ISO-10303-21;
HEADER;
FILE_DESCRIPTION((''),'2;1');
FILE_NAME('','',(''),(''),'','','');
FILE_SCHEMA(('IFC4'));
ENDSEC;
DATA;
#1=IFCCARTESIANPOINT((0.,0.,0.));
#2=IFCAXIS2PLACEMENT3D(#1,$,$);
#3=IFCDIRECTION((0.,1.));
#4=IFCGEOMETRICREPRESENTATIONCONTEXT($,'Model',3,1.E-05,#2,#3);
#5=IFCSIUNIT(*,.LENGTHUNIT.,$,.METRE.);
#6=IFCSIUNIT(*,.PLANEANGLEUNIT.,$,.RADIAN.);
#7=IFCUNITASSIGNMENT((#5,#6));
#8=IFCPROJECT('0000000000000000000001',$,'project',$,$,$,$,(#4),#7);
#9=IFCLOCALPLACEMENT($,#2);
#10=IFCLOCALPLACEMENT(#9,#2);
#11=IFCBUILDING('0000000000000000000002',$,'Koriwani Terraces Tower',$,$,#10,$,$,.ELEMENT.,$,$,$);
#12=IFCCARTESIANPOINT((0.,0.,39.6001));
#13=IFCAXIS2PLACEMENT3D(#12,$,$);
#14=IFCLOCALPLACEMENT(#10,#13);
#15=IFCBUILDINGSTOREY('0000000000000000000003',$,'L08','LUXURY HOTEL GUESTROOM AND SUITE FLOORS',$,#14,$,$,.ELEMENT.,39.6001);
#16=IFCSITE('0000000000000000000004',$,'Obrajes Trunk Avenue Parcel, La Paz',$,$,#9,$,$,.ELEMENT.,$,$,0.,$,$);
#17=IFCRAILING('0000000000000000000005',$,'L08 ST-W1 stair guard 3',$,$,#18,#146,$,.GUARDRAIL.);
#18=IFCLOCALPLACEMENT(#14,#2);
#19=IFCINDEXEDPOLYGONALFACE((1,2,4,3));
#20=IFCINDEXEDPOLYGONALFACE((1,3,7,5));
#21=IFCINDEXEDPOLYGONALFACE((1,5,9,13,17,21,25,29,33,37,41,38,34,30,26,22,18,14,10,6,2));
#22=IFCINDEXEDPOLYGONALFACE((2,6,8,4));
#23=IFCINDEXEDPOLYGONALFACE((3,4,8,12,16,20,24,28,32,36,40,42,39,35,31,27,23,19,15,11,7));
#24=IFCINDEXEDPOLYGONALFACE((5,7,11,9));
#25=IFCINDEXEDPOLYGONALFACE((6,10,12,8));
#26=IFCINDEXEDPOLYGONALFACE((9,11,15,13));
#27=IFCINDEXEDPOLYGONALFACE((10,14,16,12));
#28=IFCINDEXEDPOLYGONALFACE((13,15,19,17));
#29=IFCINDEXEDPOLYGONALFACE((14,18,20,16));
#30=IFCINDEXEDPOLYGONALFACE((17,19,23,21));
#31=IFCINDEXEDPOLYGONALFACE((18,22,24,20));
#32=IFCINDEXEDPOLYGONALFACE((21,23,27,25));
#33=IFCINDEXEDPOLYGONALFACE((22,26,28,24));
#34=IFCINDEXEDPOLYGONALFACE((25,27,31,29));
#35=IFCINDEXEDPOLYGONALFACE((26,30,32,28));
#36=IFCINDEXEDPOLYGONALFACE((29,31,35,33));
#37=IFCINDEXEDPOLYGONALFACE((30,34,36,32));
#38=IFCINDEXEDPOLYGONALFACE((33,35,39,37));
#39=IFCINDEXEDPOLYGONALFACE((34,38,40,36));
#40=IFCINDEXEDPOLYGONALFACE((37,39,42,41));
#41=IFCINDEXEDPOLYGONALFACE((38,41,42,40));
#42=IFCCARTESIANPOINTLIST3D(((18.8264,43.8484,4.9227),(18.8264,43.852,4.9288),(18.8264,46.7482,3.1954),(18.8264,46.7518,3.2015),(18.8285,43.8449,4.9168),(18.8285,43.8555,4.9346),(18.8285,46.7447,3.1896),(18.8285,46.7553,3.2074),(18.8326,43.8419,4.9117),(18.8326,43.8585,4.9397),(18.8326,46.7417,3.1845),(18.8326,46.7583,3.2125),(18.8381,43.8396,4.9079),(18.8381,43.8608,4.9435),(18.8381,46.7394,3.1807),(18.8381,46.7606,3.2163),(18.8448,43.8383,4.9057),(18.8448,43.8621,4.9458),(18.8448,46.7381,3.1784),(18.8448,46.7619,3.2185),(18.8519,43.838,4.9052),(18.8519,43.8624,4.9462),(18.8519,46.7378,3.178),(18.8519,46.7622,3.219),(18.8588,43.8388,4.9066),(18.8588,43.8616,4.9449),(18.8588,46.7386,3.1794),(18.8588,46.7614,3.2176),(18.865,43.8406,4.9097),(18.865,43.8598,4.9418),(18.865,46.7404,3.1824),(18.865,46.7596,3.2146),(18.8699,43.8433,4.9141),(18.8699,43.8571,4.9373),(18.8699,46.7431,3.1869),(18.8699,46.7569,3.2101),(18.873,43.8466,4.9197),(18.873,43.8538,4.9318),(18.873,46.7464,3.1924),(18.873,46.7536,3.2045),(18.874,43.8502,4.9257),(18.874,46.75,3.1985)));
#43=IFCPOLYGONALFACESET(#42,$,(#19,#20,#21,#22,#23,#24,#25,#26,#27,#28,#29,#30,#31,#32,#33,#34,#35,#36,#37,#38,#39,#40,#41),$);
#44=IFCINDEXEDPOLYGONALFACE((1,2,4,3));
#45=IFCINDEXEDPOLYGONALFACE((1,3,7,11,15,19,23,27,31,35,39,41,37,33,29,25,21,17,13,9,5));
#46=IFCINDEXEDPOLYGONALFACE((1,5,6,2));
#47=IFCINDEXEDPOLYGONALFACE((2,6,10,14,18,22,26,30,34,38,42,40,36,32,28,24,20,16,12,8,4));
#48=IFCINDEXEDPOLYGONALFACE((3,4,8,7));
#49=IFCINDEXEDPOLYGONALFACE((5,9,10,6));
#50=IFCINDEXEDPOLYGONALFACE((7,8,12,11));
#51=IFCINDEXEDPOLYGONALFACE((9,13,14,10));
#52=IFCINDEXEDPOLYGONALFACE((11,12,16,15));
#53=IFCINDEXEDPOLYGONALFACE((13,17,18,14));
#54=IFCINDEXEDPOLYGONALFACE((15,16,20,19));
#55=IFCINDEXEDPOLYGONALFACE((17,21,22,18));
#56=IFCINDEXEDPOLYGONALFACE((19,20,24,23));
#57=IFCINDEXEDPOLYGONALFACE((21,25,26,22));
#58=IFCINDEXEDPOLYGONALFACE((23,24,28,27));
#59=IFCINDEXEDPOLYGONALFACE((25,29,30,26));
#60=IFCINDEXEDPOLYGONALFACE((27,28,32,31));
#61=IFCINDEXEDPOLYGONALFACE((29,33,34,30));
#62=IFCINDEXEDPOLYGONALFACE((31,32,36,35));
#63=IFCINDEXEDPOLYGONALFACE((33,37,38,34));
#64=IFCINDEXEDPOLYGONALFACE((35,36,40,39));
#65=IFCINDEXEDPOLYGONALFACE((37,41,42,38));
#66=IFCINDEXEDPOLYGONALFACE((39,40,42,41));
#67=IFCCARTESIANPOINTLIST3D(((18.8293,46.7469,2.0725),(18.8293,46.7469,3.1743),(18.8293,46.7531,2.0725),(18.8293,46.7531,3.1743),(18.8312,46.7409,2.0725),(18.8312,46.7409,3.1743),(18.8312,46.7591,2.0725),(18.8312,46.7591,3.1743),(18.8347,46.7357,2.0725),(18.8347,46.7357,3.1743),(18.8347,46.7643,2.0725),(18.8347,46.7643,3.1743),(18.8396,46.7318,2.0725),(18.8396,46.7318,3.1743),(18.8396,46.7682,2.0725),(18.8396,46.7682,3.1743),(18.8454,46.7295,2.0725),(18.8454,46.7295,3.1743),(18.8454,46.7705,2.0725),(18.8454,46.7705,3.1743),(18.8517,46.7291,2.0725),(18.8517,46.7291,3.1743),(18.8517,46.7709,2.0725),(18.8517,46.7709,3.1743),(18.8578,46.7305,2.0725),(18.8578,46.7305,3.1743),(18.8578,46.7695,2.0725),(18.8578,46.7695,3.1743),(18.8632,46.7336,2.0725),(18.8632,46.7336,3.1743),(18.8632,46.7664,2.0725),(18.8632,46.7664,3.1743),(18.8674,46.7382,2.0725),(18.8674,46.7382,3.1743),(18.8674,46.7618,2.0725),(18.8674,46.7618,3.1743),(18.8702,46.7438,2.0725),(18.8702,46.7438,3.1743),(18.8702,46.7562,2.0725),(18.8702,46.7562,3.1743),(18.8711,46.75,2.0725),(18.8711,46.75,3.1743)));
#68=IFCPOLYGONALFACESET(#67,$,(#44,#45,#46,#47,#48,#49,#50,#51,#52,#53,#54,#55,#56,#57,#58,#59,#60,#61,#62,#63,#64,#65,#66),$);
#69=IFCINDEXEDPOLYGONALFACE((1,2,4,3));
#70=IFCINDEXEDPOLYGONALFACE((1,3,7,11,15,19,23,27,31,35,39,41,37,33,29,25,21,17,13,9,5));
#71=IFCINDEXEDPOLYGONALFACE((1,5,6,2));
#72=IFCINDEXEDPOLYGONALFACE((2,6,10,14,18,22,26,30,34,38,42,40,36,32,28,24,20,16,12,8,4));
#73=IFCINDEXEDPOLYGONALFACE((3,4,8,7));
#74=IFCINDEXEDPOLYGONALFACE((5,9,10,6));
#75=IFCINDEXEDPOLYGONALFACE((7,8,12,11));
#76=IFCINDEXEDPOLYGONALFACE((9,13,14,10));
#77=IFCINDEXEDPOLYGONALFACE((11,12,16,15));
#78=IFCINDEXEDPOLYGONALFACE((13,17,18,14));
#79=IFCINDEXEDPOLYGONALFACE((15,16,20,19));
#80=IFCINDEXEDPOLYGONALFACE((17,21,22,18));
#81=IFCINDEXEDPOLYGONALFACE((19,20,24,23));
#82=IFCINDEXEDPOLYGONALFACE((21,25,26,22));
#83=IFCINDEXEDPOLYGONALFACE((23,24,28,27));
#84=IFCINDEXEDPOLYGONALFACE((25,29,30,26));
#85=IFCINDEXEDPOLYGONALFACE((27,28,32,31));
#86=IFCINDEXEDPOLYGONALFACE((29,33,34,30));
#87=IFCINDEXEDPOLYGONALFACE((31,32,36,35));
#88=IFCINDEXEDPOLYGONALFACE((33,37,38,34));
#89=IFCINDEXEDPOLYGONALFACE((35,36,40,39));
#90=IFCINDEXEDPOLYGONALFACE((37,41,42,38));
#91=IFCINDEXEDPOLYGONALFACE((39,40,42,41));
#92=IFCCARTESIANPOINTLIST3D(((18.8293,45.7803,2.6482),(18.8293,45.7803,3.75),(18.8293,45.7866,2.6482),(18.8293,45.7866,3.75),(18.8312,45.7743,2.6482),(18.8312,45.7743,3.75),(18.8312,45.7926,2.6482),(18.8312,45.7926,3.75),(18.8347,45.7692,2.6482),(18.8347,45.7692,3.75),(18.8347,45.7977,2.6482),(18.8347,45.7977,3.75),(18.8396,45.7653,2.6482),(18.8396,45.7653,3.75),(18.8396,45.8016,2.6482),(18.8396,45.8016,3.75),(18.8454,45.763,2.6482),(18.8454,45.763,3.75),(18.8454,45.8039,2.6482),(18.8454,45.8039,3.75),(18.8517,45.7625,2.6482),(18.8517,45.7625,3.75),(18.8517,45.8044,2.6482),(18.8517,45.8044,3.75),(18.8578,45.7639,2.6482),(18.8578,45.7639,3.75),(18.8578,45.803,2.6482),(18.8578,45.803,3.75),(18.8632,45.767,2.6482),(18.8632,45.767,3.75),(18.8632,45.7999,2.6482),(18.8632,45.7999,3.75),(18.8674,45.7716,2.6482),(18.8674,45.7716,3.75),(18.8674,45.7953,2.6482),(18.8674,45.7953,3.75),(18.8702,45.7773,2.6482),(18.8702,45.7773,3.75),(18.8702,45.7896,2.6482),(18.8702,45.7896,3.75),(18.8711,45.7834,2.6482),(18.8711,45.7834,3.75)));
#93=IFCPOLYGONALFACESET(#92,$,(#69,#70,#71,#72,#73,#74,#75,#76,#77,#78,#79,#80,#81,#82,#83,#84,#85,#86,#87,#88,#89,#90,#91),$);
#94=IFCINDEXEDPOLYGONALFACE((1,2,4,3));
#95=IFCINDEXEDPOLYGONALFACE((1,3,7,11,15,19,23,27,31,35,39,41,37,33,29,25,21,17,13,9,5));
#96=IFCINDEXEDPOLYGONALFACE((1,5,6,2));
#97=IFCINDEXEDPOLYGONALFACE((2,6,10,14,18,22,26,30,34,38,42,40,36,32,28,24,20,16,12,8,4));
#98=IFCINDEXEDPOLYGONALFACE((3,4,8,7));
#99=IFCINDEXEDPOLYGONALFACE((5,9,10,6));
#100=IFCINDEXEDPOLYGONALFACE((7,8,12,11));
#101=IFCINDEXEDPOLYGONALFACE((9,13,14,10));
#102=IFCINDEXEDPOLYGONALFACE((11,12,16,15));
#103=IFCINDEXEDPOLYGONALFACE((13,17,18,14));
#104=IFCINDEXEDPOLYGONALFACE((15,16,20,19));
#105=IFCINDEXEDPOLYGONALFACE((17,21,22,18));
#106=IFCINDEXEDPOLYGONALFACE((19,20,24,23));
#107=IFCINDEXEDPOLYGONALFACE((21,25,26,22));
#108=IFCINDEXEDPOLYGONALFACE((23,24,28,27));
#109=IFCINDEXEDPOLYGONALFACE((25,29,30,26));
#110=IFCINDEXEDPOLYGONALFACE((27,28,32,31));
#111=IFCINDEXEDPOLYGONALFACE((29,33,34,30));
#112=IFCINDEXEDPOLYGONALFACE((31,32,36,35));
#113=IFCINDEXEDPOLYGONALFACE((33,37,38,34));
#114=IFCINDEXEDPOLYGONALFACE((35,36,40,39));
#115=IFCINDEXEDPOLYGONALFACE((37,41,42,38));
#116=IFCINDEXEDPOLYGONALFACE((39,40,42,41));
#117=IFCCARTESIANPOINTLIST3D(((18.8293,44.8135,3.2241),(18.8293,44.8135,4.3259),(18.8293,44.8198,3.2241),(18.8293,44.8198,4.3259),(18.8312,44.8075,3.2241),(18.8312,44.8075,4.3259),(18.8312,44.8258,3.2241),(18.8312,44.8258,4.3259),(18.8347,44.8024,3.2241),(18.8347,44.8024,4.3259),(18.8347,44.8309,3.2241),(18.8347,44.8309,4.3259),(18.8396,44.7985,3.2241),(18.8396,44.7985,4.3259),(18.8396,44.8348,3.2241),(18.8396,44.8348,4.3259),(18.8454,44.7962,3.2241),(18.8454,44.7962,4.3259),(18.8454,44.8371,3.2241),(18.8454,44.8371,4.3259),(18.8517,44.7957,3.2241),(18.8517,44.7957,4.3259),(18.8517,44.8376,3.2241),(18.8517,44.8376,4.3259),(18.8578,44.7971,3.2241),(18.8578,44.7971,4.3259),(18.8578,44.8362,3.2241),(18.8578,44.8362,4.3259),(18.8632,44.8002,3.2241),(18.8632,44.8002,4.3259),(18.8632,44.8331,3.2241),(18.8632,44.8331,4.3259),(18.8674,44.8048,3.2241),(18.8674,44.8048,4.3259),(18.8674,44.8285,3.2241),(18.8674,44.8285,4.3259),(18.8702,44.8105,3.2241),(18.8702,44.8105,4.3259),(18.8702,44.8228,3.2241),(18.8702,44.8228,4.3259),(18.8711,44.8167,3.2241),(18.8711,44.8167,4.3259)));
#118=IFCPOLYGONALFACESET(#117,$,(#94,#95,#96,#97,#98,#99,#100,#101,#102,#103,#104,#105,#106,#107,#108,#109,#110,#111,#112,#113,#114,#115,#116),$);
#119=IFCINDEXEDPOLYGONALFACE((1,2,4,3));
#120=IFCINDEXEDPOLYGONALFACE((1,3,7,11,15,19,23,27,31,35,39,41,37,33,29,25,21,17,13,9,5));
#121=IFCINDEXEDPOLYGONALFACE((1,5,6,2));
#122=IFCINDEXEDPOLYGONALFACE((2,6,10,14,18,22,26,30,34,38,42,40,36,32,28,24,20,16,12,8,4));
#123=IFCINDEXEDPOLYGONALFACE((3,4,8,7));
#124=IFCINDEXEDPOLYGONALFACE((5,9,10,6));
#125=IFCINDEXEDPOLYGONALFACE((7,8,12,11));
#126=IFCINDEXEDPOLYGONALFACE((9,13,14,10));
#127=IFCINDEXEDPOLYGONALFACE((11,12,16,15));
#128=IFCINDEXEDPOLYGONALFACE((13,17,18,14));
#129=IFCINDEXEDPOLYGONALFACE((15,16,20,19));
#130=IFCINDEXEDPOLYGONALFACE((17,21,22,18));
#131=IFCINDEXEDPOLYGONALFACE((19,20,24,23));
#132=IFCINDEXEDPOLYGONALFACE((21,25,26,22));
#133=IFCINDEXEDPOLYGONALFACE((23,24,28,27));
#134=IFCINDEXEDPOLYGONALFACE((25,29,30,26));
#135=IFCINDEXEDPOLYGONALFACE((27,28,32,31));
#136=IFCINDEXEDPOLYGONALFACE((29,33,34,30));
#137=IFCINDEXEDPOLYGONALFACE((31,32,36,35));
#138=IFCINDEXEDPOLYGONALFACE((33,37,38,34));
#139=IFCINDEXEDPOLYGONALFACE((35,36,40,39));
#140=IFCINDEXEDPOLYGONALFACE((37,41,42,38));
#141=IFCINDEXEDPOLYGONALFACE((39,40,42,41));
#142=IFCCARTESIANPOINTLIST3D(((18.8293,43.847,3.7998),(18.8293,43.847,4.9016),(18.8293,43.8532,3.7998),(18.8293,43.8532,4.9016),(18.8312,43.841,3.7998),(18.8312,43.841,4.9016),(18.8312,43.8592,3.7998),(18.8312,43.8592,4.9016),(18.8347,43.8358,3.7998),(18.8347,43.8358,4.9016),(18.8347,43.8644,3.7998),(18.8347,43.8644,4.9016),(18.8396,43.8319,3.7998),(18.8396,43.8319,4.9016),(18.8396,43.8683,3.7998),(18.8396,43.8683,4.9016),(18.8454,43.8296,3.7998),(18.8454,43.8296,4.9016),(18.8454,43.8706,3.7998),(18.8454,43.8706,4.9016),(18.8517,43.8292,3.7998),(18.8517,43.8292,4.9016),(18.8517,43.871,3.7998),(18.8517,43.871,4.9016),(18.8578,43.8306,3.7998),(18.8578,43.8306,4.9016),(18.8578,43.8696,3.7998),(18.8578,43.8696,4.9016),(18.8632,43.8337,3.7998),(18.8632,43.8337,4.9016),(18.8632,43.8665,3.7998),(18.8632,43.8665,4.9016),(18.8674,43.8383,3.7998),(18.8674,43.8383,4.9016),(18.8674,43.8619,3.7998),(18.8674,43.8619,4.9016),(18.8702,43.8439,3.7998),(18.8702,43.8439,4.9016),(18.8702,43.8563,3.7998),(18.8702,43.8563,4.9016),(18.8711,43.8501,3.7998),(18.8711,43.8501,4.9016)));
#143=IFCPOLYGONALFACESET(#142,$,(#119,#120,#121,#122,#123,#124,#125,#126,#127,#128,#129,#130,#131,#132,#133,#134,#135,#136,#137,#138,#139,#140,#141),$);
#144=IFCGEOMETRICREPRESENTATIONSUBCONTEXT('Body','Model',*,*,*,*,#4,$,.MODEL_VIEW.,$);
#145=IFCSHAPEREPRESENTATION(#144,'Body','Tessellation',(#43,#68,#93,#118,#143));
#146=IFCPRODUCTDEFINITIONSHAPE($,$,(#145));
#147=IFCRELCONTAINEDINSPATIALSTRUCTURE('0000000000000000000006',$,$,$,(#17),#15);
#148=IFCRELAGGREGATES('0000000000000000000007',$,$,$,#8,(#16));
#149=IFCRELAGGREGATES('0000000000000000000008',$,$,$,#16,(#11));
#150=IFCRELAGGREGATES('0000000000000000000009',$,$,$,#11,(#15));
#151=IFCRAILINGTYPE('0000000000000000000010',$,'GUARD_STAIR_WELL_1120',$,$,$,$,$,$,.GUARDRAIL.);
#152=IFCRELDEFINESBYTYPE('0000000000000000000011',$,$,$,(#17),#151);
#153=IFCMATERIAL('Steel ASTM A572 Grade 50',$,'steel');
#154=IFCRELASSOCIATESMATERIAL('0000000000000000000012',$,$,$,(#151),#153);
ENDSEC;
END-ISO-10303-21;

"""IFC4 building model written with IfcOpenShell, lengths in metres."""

from ifc_helpers import new_model, si_unit, direction, frame, origin, origin_2d, place, context, subcontext, project, spatial, circle, extrude, material, type_object, element, save


model = new_model("IFC4")

# Units and contexts
model_context = context("Model", 3, precision=1e-05, world=origin(), true_north=direction((0.0, 1.0)))
body_context = subcontext(model_context, "Body", "Model", "MODEL_VIEW")
ifc_project = project(units=[si_unit("LENGTHUNIT", "METRE"), si_unit("PLANEANGLEUNIT", "RADIAN")], contexts=[model_context])

# Site, building, storey
site_placement = place(None, origin())
site = spatial("IfcSite", under=ifc_project, at=site_placement, Name="Obrajes Trunk Avenue Parcel, La Paz", CompositionType="ELEMENT", RefElevation=0.0)
building_placement = place(site_placement, origin())
building = spatial("IfcBuilding", under=site, at=building_placement, Name="Koriwani Terraces Tower", CompositionType="ELEMENT")
storey_placement = place(building_placement, frame((0.0, 0.0, 39.6001)))
storey = spatial("IfcBuildingStorey", under=building, at=storey_placement, Name="L08", Description="LUXURY HOTEL GUESTROOM AND SUITE FLOORS", CompositionType="ELEMENT", Elevation=39.6001)

# Shared definitions
ifc_material_1 = material(Name="Steel ASTM A572 Grade 50", Category="steel")

# Railing
railing_type = type_object("IfcRailingType", Name="GUARD_STAIR_WELL_1120", PredefinedType="GUARDRAIL", material=ifc_material_1)
railing_1_placement = place(storey_placement, frame((18.8501, 46.75, 2.0725)))
element("IfcRailing", 1, at=railing_1_placement, inside=storey, type_object=railing_type, Name="L08 ST-W1 stair guard 3", PredefinedType="GUARDRAIL", context=body_context, shape_type="SweptSolid", body=[
    extrude(circle(Radius=0.0239, at=origin_2d()), frame((0.0, 0.0, 1.126), z_axis=(0.0, -0.859141, 0.511738), x_axis=(1.0, 0.0, 0.0)), (0.0, 0.0, 1.0), 3.3752),
    extrude(circle(Radius=0.021, at=origin_2d()), origin(), (0.0, 0.0, 1.0), 1.1018),
    extrude(circle(Radius=0.021, at=origin_2d()), frame((0.0, -0.9666, 0.5757)), (0.0, 0.0, 1.0), 1.1018),
    extrude(circle(Radius=0.021, at=origin_2d()), frame((0.0, -1.9333, 1.1516)), (0.0, 0.0, 1.0), 1.1018),
    extrude(circle(Radius=0.021, at=origin_2d()), frame((0.0, -2.8999, 1.7273)), (0.0, 0.0, 1.0), 1.1018),
])

save(model, "model.ifc")
